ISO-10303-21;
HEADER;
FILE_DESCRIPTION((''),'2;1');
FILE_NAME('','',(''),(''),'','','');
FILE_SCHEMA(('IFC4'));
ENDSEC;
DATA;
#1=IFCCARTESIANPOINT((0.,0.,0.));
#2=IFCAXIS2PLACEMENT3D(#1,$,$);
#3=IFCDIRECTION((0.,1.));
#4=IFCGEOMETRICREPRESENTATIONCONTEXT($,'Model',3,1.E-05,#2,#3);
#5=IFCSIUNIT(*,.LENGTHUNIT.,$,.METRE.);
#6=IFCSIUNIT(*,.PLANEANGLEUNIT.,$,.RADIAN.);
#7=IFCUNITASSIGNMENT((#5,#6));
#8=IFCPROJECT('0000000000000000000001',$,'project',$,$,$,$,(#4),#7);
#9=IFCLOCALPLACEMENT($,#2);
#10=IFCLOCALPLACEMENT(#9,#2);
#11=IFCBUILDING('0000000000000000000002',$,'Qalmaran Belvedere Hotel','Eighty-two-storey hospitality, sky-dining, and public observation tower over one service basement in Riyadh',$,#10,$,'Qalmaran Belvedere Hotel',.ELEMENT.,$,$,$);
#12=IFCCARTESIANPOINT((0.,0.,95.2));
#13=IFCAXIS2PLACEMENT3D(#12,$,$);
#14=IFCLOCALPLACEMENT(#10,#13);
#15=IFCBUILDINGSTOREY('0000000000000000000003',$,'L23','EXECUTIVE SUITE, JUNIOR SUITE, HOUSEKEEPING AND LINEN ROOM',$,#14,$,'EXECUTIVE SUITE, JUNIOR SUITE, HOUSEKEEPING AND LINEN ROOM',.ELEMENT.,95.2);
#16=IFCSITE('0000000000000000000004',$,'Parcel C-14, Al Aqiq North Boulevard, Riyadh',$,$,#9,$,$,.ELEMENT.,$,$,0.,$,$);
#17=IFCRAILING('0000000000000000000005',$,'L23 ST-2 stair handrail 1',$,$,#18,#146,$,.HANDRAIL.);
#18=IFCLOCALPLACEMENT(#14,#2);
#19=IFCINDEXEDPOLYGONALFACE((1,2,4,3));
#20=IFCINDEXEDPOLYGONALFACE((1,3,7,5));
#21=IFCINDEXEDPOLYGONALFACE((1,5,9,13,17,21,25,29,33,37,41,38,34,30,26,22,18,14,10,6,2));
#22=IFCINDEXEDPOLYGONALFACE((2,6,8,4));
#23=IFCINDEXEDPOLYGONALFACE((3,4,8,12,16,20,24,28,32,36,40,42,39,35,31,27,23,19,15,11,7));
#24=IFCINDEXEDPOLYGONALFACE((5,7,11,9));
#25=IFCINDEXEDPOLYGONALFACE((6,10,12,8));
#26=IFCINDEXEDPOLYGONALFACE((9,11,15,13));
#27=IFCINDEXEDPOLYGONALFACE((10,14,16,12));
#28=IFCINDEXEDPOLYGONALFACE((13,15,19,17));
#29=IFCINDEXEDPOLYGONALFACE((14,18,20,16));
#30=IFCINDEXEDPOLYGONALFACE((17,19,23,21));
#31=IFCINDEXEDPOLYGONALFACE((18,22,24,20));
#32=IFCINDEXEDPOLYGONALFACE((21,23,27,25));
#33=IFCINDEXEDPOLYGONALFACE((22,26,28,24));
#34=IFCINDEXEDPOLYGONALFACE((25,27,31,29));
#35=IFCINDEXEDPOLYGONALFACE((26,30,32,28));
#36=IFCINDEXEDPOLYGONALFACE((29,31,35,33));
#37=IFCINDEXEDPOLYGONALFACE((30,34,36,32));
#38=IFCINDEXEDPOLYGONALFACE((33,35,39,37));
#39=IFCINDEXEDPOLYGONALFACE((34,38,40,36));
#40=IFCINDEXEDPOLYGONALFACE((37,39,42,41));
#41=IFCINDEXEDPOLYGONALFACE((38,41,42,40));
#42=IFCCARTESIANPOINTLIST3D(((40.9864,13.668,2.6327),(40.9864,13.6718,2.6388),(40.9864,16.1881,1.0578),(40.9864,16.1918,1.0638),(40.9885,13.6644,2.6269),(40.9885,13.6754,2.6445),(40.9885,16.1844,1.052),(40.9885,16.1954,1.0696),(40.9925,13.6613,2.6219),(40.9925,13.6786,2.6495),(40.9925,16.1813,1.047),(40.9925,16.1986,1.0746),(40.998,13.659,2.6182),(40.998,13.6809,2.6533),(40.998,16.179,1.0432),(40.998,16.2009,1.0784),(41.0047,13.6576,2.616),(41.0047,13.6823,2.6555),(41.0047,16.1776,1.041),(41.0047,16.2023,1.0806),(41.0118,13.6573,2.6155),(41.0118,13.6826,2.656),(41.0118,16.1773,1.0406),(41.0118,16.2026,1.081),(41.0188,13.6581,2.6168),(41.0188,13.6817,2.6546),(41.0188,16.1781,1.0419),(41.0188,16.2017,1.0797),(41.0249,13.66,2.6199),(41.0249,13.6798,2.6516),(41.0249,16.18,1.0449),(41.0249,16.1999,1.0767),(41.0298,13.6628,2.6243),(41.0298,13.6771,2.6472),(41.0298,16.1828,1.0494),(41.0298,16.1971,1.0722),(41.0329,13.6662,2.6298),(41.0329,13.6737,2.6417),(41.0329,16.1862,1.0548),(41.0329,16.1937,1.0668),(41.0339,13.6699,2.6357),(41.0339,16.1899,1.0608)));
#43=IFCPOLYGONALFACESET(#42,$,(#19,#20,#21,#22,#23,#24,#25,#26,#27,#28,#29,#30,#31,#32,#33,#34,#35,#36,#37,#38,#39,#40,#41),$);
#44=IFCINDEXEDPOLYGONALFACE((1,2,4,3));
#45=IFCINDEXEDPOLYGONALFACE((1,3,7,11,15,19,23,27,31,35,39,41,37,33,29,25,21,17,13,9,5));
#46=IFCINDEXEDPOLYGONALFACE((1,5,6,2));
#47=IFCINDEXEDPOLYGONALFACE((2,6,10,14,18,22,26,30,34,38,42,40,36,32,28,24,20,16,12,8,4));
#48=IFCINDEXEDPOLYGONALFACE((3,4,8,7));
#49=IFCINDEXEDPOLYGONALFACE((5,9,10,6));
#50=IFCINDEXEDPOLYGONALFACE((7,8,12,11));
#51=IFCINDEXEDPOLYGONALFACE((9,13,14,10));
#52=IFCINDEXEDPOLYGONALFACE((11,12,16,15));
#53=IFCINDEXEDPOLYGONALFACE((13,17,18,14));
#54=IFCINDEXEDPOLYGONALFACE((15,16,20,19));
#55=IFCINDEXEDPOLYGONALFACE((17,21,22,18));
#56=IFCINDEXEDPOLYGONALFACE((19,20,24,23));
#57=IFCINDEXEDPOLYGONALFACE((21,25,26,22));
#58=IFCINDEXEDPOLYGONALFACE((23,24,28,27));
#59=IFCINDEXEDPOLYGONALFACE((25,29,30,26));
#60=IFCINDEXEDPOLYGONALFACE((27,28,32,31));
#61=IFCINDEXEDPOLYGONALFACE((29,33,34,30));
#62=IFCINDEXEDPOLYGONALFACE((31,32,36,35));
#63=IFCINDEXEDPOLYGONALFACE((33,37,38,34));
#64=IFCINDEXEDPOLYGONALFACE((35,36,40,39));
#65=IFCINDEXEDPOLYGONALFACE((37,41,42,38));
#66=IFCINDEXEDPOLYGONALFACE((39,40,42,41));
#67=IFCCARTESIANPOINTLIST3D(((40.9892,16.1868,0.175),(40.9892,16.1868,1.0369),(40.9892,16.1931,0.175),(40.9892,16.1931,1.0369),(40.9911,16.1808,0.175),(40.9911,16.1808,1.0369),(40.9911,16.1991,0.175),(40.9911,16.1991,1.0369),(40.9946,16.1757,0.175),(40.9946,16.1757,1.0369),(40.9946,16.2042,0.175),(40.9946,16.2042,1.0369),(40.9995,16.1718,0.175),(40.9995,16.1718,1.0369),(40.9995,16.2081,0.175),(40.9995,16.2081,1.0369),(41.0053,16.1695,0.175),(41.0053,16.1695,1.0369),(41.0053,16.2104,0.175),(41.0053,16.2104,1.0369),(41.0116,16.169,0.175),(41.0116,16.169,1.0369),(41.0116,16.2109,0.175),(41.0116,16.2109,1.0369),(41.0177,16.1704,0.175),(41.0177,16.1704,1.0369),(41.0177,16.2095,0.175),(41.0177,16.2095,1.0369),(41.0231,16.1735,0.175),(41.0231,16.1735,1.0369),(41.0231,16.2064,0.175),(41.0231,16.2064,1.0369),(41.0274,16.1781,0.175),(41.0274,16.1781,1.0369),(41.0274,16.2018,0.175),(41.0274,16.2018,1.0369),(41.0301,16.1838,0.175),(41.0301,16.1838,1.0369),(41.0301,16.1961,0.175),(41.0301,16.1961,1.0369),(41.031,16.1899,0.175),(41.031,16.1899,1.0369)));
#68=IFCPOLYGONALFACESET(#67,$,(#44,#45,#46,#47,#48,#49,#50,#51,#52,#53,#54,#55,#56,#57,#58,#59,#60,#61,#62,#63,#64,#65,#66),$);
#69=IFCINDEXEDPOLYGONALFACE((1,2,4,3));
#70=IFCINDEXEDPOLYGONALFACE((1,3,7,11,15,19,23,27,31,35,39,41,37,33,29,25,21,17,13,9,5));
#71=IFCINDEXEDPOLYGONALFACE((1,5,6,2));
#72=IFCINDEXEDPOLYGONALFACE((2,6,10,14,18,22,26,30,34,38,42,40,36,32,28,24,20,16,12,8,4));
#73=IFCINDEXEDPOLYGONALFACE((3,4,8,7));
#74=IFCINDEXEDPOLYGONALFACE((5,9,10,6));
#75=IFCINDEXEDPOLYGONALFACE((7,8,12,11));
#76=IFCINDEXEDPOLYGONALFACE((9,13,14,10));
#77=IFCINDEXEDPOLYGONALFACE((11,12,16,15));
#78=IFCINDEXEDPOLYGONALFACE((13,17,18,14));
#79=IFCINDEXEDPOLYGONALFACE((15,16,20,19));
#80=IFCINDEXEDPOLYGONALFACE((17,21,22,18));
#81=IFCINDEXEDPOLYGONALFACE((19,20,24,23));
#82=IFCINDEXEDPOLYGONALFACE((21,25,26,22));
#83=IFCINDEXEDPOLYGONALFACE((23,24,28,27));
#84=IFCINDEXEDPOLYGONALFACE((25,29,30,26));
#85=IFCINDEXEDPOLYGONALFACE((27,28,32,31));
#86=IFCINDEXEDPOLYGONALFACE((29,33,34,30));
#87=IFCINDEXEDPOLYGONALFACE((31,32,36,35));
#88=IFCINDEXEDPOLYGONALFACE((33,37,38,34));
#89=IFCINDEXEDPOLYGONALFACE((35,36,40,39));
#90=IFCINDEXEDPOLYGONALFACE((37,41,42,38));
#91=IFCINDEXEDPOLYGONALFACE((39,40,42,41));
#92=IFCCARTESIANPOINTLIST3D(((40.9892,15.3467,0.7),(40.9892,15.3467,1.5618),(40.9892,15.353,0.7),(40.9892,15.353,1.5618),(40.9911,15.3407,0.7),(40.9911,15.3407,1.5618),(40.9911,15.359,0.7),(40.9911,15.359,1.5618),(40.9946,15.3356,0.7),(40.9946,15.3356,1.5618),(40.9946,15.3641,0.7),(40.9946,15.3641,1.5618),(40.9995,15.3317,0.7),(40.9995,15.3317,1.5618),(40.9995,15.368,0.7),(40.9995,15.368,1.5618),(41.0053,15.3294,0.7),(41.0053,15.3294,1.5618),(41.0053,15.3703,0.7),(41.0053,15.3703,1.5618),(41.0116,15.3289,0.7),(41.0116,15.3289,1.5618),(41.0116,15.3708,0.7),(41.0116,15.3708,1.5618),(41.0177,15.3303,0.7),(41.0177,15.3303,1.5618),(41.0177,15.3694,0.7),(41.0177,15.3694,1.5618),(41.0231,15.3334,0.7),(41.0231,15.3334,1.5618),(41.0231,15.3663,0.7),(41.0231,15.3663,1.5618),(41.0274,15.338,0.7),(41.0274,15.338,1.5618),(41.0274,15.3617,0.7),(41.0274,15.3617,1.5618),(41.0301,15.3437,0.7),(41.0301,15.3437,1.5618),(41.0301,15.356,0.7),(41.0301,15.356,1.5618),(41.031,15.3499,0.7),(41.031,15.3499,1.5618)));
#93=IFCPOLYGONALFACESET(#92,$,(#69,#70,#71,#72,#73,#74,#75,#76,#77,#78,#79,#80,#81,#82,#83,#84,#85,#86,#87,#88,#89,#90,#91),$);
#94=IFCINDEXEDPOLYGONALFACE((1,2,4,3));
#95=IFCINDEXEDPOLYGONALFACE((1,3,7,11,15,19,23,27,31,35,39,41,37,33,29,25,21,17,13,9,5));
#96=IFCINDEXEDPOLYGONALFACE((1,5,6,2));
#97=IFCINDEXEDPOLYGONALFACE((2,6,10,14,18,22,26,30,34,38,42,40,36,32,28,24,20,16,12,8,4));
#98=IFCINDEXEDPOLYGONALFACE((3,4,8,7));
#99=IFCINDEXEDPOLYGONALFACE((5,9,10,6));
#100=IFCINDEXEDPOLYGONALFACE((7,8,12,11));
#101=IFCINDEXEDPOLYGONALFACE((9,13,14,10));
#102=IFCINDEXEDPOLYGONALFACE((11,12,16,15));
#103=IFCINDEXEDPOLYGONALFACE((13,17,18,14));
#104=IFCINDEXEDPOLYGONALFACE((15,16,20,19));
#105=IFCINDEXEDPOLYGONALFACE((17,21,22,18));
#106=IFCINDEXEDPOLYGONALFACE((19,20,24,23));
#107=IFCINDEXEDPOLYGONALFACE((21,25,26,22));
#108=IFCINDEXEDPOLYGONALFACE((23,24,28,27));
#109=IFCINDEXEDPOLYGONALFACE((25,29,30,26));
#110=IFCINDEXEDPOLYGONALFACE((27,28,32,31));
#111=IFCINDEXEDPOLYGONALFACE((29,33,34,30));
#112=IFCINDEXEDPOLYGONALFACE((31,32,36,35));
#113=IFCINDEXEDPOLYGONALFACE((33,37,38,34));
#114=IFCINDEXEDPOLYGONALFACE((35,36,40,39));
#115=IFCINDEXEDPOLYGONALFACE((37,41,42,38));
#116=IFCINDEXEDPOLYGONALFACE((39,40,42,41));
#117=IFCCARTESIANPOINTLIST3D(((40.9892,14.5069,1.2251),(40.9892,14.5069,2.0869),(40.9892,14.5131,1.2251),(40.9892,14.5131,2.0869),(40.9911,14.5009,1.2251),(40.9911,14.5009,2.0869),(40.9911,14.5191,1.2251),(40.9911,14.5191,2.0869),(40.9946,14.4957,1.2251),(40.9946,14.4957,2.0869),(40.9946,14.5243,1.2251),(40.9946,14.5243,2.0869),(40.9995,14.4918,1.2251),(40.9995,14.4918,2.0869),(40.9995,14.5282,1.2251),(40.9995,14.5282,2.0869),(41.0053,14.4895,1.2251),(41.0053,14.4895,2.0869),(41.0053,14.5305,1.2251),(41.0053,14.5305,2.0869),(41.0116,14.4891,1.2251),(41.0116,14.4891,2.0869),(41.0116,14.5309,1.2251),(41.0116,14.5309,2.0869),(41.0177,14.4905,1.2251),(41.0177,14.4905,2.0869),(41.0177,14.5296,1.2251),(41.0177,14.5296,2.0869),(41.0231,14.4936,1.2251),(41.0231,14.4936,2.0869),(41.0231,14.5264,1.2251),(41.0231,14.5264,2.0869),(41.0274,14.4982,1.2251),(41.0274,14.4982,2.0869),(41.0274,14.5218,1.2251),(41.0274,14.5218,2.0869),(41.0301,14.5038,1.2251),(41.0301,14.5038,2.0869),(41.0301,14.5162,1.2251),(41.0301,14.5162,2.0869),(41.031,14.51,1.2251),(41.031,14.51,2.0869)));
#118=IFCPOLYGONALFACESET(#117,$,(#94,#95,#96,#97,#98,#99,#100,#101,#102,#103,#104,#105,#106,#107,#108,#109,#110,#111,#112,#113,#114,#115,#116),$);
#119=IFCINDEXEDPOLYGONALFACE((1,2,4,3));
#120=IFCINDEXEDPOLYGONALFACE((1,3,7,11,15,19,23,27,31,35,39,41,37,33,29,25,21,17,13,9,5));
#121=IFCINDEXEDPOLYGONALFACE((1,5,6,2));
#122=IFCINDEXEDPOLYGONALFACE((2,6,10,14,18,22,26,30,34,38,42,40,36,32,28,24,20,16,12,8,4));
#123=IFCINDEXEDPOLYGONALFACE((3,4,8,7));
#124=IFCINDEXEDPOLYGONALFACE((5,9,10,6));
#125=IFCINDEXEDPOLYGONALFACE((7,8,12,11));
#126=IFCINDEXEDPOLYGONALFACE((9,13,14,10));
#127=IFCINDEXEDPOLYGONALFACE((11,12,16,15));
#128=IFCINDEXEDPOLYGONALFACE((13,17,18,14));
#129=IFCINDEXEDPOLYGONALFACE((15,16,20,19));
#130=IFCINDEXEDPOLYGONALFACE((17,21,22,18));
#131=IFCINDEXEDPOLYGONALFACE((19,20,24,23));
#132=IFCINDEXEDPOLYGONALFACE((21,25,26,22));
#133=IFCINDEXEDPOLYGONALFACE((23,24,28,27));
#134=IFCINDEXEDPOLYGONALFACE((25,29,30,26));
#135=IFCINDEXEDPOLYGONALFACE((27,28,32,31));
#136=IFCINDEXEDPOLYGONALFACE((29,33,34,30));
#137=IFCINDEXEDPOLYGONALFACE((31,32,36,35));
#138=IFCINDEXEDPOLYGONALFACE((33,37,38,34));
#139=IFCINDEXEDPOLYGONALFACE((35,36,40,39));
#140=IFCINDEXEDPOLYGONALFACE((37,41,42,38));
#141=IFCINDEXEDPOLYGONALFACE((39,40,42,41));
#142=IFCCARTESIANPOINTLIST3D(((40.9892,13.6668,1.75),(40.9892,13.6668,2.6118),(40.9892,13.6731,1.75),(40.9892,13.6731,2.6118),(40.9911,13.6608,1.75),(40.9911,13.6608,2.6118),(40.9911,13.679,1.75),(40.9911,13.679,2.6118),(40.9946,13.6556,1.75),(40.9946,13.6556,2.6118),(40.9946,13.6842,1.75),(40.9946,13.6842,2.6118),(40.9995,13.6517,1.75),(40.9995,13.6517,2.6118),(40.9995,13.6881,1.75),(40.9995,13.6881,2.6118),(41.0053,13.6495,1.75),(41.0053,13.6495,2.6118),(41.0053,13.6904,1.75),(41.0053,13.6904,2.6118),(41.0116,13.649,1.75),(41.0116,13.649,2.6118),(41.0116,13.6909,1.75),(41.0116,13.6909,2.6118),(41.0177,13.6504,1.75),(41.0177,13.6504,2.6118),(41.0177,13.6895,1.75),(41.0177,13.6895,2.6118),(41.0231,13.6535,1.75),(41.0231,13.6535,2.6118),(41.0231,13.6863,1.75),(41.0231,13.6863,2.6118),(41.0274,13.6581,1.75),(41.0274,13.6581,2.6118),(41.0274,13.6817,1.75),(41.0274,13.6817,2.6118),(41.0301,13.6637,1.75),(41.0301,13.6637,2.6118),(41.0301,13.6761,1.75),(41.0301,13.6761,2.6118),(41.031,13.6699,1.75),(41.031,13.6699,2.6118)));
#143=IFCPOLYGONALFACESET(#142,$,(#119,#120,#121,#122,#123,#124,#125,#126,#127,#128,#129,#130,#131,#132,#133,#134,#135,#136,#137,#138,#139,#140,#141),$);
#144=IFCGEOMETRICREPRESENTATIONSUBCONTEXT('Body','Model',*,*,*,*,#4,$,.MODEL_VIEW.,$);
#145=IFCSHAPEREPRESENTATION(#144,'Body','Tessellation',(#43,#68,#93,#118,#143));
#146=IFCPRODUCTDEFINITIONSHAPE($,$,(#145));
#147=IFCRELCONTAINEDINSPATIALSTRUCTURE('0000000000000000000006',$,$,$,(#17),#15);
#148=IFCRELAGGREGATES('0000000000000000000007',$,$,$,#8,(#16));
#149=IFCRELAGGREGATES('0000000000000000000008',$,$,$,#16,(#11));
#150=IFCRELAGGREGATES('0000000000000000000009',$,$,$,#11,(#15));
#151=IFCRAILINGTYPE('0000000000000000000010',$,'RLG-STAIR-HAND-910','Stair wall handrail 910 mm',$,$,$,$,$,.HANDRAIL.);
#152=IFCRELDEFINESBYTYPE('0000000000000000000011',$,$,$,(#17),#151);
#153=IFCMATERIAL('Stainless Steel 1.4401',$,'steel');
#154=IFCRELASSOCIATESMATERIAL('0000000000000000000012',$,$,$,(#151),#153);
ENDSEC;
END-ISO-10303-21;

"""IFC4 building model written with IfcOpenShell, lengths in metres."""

from ifc_helpers import new_model, si_unit, direction, frame, origin, origin_2d, place, context, subcontext, project, spatial, circle, extrude, material, type_object, element, save


model = new_model("IFC4")

# Units and contexts
model_context = context("Model", 3, precision=1e-05, world=origin(), true_north=direction((0.0, 1.0)))
body_context = subcontext(model_context, "Body", "Model", "MODEL_VIEW")
ifc_project = project(units=[si_unit("LENGTHUNIT", "METRE"), si_unit("PLANEANGLEUNIT", "RADIAN")], contexts=[model_context])

# Site, building, storey
site_placement = place(None, origin())
site = spatial("IfcSite", under=ifc_project, at=site_placement, Name="Parcel C-14, Al Aqiq North Boulevard, Riyadh", CompositionType="ELEMENT", RefElevation=0.0)
building_placement = place(site_placement, origin())
building = spatial("IfcBuilding", under=site, at=building_placement, Name="Qalmaran Belvedere Hotel", Description="Eighty-two-storey hospitality, sky-dining, and public observation tower over one service basement in Riyadh", LongName="Qalmaran Belvedere Hotel", CompositionType="ELEMENT")
storey_placement = place(building_placement, frame((0.0, 0.0, 95.2)))
storey = spatial("IfcBuildingStorey", under=building, at=storey_placement, Name="L23", Description="EXECUTIVE SUITE, JUNIOR SUITE, HOUSEKEEPING AND LINEN ROOM", LongName="EXECUTIVE SUITE, JUNIOR SUITE, HOUSEKEEPING AND LINEN ROOM", CompositionType="ELEMENT", Elevation=95.2)

# Shared definitions
ifc_material_1 = material(Name="Stainless Steel 1.4401", Category="steel")

# Railing
railing_type_1 = type_object("IfcRailingType", Name="RLG-STAIR-HAND-910", Description="Stair wall handrail 910 mm", PredefinedType="HANDRAIL", material=ifc_material_1)
railing_1_placement = place(storey_placement, frame((41.01, 16.1899, 0.175)))
element("IfcRailing", 1, at=railing_1_placement, inside=storey, type_object=railing_type_1, Name="L23 ST-2 stair handrail 1", PredefinedType="HANDRAIL", context=body_context, shape_type="SweptSolid", body=[
    extrude(circle(Radius=0.0239, at=origin_2d()), frame((0.0, 0.0, 0.8857), z_axis=(0.0, -0.848008, 0.529984), x_axis=(1.0, 0.0, 0.0)), (0.0, 0.0, 1.0), 2.9717),
    extrude(circle(Radius=0.021, at=origin_2d()), origin(), (0.0, 0.0, 1.0), 0.8618),
    extrude(circle(Radius=0.021, at=origin_2d()), frame((0.0, -0.8401, 0.5249)), (0.0, 0.0, 1.0), 0.8618),
    extrude(circle(Radius=0.021, at=origin_2d()), frame((0.0, -1.6799, 1.05)), (0.0, 0.0, 1.0), 0.8618),
    extrude(circle(Radius=0.021, at=origin_2d()), frame((0.0, -2.52, 1.575)), (0.0, 0.0, 1.0), 0.8618),
])

save(model, "model.ifc")
